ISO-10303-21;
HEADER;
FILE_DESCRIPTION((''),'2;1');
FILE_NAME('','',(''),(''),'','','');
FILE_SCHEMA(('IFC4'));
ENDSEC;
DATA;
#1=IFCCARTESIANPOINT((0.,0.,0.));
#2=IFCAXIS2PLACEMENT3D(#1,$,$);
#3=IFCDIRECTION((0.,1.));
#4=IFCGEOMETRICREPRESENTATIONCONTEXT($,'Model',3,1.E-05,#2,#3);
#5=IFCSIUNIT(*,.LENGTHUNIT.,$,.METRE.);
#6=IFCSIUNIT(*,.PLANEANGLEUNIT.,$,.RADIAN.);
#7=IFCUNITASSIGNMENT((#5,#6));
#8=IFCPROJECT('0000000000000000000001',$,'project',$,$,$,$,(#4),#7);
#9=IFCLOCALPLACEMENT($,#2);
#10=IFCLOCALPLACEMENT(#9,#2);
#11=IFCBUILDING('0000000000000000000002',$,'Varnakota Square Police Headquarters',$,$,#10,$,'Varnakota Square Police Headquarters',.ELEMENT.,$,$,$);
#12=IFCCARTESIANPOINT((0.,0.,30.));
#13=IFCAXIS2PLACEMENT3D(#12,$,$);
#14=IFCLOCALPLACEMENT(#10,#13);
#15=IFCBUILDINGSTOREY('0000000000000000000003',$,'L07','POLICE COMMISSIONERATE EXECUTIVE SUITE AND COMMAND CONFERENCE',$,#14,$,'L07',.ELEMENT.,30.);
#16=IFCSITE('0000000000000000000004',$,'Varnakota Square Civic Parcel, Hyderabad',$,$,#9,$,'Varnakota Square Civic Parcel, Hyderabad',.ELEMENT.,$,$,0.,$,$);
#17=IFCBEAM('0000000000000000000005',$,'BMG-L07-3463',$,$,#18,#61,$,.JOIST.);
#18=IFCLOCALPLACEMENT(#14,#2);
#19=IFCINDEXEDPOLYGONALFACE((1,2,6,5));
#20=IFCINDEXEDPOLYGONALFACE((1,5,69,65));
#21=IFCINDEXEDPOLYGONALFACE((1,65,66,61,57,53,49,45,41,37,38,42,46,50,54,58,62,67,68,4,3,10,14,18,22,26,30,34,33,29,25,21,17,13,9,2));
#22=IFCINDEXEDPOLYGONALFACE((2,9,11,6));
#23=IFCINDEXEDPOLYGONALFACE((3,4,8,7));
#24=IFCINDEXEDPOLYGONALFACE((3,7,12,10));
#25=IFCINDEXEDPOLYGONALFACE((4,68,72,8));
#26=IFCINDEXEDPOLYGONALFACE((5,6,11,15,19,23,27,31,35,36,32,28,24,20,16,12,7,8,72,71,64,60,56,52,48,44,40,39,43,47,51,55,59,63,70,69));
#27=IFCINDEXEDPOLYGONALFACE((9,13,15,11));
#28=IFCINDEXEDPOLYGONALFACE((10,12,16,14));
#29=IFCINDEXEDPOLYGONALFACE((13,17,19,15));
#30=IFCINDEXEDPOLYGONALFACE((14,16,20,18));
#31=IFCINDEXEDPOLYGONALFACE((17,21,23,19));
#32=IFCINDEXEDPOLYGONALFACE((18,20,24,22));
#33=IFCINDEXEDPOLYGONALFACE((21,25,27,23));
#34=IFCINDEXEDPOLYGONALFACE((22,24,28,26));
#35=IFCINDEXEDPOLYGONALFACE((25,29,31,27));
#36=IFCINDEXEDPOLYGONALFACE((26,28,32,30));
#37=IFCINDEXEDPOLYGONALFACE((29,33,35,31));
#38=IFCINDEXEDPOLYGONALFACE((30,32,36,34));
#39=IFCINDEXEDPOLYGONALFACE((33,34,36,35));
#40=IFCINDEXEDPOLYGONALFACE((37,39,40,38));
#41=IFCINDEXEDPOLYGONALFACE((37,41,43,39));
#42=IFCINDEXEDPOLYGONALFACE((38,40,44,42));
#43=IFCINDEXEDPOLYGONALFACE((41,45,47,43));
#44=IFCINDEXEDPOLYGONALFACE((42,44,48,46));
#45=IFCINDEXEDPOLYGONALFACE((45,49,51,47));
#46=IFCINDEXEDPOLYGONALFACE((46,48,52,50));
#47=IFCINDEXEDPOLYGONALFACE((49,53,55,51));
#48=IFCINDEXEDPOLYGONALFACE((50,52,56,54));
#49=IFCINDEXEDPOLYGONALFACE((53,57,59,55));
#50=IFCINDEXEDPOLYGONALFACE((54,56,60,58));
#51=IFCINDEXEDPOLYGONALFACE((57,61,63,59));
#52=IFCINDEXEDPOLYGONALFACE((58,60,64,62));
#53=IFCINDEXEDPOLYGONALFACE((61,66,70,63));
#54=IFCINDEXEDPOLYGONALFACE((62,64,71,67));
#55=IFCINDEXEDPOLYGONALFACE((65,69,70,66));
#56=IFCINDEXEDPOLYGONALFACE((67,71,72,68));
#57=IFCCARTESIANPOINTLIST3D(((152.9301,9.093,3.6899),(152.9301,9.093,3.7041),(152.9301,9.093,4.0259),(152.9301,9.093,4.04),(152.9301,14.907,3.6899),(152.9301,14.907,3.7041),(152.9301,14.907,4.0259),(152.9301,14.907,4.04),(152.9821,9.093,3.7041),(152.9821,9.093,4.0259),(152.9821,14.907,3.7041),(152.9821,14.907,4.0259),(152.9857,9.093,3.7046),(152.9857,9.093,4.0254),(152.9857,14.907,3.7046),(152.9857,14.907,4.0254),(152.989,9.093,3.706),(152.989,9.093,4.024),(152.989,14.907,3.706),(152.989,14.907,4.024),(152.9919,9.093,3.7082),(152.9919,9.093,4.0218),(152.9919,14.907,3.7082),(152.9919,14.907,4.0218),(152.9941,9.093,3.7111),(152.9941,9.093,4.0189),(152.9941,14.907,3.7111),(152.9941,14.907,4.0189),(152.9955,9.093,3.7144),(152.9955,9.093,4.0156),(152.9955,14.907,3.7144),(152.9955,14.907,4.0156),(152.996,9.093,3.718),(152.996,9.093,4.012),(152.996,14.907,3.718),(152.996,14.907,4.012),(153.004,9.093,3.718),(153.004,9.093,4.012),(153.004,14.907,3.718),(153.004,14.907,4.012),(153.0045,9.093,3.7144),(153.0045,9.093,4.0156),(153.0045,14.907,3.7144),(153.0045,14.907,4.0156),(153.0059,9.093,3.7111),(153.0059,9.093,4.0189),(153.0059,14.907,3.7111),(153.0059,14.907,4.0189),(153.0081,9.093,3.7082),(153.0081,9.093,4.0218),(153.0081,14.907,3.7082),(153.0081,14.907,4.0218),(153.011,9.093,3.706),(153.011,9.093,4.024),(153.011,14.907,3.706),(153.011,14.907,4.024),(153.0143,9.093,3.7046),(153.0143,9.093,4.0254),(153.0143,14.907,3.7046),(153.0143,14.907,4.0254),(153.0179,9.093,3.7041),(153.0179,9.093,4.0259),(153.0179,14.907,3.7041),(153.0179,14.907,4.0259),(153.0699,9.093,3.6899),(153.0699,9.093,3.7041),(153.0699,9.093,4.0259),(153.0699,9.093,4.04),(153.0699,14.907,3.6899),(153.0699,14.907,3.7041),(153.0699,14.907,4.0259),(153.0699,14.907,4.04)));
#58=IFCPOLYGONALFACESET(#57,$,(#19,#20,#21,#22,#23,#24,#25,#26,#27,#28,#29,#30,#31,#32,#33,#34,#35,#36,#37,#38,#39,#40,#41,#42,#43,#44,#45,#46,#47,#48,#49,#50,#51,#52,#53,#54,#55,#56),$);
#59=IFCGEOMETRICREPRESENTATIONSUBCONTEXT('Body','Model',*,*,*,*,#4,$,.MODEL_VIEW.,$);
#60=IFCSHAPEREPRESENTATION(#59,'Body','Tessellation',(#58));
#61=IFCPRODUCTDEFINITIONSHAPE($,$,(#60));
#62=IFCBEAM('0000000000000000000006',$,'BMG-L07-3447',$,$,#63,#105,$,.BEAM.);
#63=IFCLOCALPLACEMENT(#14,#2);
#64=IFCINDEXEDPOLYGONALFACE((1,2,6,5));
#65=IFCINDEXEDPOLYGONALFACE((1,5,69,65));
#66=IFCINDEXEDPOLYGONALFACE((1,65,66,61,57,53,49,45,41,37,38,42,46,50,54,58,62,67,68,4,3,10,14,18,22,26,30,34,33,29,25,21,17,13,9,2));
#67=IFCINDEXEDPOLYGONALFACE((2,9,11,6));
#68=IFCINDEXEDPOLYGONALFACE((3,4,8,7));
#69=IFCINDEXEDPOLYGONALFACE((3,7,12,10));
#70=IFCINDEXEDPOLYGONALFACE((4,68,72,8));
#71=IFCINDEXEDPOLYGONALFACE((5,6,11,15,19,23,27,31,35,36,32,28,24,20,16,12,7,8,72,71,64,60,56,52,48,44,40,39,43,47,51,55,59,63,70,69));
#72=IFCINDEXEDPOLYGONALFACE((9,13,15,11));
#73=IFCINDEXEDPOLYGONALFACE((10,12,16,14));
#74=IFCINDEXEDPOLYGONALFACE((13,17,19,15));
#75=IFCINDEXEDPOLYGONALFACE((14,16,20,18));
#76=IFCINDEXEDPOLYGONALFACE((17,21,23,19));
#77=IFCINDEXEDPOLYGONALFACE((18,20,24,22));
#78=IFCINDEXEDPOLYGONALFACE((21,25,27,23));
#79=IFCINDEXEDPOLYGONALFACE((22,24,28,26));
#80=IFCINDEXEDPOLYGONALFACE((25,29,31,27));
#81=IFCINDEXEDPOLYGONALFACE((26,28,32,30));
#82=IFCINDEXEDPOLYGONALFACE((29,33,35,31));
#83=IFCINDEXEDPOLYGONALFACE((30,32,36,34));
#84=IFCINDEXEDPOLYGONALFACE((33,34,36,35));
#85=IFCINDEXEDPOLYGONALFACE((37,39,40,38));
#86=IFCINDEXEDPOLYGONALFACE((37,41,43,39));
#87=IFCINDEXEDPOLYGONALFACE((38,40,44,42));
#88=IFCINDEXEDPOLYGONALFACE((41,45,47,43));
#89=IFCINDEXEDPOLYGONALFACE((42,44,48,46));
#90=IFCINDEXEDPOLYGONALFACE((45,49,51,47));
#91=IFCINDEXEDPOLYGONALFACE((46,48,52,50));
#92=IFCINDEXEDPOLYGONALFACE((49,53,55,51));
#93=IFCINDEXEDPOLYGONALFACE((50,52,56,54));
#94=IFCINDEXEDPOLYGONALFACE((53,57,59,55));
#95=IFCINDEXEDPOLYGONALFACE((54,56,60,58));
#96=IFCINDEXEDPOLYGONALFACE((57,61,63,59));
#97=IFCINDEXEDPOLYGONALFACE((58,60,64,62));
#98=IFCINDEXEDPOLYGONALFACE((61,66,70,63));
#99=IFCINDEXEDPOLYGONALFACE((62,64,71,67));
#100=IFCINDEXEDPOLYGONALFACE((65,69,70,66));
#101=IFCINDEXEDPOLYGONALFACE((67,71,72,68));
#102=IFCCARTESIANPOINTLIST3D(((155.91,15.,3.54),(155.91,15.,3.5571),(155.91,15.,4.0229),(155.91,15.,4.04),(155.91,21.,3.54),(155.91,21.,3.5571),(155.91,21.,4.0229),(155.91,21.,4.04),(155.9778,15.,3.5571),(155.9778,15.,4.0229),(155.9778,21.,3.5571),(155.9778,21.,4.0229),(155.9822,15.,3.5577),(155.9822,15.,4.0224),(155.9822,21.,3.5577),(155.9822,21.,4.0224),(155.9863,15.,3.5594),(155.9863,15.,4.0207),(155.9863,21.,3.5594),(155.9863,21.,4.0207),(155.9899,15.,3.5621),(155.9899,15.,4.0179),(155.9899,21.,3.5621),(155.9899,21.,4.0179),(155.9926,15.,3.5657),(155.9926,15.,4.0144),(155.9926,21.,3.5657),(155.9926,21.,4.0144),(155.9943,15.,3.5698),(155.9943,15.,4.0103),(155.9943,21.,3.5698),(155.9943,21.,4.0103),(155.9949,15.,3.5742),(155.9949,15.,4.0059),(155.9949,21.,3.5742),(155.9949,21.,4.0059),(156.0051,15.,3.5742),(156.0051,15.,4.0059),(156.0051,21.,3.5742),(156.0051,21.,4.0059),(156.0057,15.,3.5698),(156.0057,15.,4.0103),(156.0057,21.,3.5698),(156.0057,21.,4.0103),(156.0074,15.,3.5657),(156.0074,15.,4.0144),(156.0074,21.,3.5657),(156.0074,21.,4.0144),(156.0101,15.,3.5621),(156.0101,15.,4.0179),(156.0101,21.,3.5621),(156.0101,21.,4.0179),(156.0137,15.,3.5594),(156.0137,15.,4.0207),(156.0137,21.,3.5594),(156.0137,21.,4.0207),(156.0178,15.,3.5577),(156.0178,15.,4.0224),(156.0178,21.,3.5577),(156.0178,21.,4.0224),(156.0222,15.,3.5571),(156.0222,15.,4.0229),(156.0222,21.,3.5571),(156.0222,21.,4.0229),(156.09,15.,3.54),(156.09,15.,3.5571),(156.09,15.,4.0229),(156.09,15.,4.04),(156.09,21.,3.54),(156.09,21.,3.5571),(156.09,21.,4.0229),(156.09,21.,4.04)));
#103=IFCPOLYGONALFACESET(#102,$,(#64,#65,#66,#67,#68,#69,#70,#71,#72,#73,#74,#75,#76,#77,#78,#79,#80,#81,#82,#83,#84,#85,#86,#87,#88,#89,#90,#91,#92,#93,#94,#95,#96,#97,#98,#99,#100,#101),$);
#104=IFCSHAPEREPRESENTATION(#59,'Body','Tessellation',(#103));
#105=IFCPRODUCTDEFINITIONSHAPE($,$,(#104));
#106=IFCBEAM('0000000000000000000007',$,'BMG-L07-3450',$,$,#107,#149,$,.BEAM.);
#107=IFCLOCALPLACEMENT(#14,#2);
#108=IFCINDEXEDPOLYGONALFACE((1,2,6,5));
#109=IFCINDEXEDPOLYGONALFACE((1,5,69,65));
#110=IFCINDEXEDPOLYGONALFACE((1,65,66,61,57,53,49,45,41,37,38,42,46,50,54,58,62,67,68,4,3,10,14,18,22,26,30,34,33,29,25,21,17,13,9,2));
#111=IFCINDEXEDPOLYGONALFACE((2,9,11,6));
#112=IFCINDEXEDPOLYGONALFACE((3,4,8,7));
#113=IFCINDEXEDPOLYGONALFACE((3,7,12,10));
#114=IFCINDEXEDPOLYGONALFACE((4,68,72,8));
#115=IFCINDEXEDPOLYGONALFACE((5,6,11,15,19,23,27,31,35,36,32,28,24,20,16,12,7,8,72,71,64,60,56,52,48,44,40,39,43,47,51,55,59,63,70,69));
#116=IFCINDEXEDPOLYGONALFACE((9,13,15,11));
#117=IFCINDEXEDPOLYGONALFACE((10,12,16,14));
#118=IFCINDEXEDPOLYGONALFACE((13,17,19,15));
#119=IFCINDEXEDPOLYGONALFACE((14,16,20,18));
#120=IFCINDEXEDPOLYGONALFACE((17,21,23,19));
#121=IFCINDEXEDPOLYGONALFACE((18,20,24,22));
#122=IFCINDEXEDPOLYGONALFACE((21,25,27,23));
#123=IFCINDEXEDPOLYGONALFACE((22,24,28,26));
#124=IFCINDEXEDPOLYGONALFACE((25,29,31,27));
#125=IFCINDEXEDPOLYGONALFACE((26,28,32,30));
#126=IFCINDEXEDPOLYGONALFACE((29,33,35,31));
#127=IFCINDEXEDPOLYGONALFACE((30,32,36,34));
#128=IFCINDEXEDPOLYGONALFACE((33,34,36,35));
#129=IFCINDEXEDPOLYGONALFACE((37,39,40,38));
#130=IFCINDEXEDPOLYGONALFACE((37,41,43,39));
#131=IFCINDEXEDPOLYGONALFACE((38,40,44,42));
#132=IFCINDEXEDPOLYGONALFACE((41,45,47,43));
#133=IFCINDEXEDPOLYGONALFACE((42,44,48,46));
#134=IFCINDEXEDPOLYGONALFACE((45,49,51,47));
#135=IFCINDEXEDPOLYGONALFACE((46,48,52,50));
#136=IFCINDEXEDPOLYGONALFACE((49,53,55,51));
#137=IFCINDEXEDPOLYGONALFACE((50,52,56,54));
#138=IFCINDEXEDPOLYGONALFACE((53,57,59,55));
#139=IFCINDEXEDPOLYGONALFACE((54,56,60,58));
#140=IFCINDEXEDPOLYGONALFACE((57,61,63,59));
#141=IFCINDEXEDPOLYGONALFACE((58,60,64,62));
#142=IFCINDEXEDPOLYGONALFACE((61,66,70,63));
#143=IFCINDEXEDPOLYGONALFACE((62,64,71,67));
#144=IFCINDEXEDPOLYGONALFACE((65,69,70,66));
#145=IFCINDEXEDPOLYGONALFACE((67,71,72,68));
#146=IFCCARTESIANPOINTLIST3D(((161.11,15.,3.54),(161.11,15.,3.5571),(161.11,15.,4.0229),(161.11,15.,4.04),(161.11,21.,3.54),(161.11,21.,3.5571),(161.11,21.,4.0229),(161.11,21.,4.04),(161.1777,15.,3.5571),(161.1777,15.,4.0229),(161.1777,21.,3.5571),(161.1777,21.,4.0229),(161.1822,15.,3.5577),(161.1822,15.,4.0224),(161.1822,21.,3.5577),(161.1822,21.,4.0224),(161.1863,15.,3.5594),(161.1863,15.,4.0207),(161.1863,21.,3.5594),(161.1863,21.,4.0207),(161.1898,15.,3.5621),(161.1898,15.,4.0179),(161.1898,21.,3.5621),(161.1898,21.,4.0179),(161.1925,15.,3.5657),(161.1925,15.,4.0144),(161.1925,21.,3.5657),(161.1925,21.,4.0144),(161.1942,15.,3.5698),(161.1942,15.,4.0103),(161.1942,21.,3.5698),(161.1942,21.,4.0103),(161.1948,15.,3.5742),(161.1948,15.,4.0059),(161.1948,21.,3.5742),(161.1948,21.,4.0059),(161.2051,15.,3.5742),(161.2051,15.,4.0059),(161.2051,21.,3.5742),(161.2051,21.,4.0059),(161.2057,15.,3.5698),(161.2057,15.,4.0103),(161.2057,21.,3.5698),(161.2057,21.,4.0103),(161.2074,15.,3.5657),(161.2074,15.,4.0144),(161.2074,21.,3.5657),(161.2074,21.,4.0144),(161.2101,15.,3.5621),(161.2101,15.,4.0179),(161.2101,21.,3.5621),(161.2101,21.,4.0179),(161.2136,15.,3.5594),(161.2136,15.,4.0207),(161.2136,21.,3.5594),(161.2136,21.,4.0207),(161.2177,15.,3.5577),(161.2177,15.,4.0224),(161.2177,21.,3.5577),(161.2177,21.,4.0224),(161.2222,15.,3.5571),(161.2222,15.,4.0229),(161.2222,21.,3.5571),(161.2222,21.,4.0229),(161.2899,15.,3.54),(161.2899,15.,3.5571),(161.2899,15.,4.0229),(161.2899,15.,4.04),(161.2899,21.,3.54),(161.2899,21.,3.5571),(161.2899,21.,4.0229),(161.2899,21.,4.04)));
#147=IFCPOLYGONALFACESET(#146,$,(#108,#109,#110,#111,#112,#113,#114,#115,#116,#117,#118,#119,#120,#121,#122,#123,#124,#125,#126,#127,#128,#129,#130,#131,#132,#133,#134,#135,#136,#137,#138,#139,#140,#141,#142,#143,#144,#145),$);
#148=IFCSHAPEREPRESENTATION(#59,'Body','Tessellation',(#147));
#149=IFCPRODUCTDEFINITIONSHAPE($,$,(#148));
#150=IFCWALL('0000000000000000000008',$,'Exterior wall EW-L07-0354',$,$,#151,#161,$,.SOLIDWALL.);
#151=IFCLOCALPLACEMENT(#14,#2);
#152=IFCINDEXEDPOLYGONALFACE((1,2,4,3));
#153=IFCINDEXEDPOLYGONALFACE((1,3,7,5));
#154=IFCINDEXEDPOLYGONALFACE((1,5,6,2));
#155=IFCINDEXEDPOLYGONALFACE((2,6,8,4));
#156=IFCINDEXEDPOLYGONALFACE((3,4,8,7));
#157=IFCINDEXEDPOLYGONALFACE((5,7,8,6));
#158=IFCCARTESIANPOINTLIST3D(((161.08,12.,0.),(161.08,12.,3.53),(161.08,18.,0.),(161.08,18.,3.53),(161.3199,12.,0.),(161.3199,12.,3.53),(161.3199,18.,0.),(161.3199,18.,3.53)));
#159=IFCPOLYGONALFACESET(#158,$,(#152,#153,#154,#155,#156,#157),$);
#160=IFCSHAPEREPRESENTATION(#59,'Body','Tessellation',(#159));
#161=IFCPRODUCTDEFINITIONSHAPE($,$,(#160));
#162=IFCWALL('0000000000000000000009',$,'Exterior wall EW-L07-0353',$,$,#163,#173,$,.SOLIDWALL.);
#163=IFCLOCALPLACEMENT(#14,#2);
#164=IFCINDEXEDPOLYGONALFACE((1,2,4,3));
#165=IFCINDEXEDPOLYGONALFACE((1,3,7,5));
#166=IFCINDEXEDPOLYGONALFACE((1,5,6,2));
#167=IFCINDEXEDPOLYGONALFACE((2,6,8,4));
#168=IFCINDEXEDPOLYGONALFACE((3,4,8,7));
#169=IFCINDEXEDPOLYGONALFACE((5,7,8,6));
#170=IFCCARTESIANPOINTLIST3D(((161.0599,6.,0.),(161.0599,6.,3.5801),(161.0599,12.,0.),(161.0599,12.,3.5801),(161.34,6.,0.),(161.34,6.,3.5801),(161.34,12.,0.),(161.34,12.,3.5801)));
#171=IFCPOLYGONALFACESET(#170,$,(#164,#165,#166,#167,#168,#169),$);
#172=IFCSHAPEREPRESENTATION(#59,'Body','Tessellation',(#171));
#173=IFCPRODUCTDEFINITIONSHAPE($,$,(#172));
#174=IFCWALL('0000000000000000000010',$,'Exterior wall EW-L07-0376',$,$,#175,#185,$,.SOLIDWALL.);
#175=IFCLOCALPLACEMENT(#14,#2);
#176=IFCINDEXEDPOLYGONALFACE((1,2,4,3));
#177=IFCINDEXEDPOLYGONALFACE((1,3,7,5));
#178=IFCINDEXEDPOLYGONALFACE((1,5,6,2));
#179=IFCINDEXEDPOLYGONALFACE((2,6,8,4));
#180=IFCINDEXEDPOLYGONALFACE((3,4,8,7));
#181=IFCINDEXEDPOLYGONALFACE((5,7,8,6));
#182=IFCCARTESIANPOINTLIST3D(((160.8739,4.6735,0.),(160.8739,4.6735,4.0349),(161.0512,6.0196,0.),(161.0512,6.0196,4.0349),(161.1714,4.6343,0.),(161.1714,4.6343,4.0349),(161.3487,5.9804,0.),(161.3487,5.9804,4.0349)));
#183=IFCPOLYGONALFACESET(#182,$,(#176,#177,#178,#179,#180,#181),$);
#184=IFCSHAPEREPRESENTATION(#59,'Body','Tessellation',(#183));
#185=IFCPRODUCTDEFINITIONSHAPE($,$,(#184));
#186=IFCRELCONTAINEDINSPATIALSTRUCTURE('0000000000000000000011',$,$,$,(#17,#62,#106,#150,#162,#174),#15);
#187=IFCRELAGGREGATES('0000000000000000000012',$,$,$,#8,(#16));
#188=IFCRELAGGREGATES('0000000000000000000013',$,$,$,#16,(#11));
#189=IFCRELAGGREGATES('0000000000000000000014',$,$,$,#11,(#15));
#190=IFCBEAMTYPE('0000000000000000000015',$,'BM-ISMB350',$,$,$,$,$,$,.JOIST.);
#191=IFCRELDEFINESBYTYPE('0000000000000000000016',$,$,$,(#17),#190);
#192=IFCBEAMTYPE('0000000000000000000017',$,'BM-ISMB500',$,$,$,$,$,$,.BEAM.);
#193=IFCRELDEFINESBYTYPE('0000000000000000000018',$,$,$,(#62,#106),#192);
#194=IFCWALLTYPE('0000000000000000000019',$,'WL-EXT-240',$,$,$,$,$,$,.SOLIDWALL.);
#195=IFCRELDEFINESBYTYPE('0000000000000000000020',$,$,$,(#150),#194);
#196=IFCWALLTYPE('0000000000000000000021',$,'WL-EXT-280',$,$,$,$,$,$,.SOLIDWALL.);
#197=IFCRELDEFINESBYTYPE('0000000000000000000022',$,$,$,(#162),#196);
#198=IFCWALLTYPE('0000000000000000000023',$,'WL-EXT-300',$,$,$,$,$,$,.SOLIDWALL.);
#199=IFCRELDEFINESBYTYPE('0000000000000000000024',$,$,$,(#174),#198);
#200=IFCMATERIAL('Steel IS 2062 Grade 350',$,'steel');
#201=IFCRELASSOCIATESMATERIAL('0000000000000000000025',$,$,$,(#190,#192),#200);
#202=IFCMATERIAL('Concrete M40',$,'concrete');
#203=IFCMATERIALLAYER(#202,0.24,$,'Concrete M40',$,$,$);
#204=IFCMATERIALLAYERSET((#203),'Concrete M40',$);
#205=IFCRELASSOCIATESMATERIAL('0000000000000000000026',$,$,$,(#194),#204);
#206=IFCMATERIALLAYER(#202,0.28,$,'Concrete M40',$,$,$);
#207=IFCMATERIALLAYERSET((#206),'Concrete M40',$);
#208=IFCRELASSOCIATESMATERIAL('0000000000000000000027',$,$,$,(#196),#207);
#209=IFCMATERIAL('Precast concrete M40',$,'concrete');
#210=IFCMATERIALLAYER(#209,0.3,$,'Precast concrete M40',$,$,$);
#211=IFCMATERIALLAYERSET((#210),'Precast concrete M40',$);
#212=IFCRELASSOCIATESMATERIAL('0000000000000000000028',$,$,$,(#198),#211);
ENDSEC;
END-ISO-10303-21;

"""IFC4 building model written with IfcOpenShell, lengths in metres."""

from ifc_helpers import new_model, si_unit, direction, frame, frame_2d, origin, origin_2d, place, context, subcontext, project, spatial, rectangle, i_section, extrude, material, layer, layer_set, material_profile, profile_set, type_object, element, save


model = new_model("IFC4")

# Units and contexts
model_context = context("Model", 3, precision=1e-05, world=origin(), true_north=direction((0.0, 1.0)))
body_context = subcontext(model_context, "Body", "Model", "MODEL_VIEW")
ifc_project = project(units=[si_unit("LENGTHUNIT", "METRE"), si_unit("PLANEANGLEUNIT", "RADIAN")], contexts=[model_context])

# Site, building, storey
site_placement = place(None, origin())
site = spatial("IfcSite", under=ifc_project, at=site_placement, Name="Varnakota Square Civic Parcel, Hyderabad", LongName="Varnakota Square Civic Parcel, Hyderabad", CompositionType="ELEMENT", RefElevation=0.0)
building_placement = place(site_placement, origin())
building = spatial("IfcBuilding", under=site, at=building_placement, Name="Varnakota Square Police Headquarters", LongName="Varnakota Square Police Headquarters", CompositionType="ELEMENT")
storey_placement = place(building_placement, frame((0.0, 0.0, 30.0)))
storey = spatial("IfcBuildingStorey", under=building, at=storey_placement, Name="L07", Description="POLICE COMMISSIONERATE EXECUTIVE SUITE AND COMMAND CONFERENCE", LongName="L07", CompositionType="ELEMENT", Elevation=30.0)

# Shared definitions
ifc_material_1 = material(Name="Steel IS 2062 Grade 350", Category="steel")

# Beams
ifc_material_profile_1 = material_profile(ifc_material_1, i_section(OverallWidth=0.1399, OverallDepth=0.3501, WebThickness=0.0081, FlangeThickness=0.0142, FilletRadius=0.0139, at=origin_2d()), Name="ISMB 350")
ifc_profile_set_1 = profile_set([ifc_material_profile_1], Name="Steel IS 2062 Grade 350")
beam_type_1 = type_object("IfcBeamType", Name="BM-ISMB350", PredefinedType="JOIST", material=ifc_profile_set_1)
beam_1_placement = place(storey_placement, frame((153.0, 9.093, 3.865), z_axis=(0.0, 1.0, 0.0), x_axis=(-1.0, 0.0, 0.0)))
element("IfcBeam", 1, at=beam_1_placement, inside=storey, type_object=beam_type_1, Name="BMG-L07-3463", PredefinedType="JOIST", context=body_context, shape_type="SweptSolid", body=[
    extrude(i_section(OverallWidth=0.1399, OverallDepth=0.3501, WebThickness=0.0081, FlangeThickness=0.0142, FilletRadius=0.0139, at=origin_2d()), origin(), (0.0, 0.0, 1.0), 5.814),
])
ifc_material_profile_2 = material_profile(ifc_material_1, i_section(OverallWidth=0.1799, OverallDepth=0.5, WebThickness=0.0103, FlangeThickness=0.0171, FilletRadius=0.0171, at=origin_2d()), Name="ISMB 500")
ifc_profile_set_2 = profile_set([ifc_material_profile_2], Name="Steel IS 2062 Grade 350")
beam_type_2 = type_object("IfcBeamType", Name="BM-ISMB500", PredefinedType="BEAM", material=ifc_profile_set_2)
for number, where, z_axis, x_axis, name in (
    (2, (156.0, 15.0, 3.79), (0.0, 1.0, 0.0), (-1.0, 0.0, 0.0), "BMG-L07-3447"),
    (3, (161.2, 15.0, 3.79), (0.0, 1.0, 0.0), (-1.0, 0.0, 0.0), "BMG-L07-3450"),
):
    element("IfcBeam", number, at=place(storey_placement, frame(where, z_axis=z_axis, x_axis=x_axis)), inside=storey, type_object=beam_type_2, Name=name, PredefinedType="BEAM", context=body_context, shape_type="SweptSolid", body=[
        extrude(i_section(OverallWidth=0.1799, OverallDepth=0.5, WebThickness=0.0103, FlangeThickness=0.0171, FilletRadius=0.0171, at=origin_2d()), origin(), (0.0, 0.0, 1.0), 6.0),
    ])

# Walls
ifc_material_2 = material(Name="Concrete M40", Category="concrete")
ifc_layer_1 = layer(ifc_material_2, 0.24, Name="Concrete M40")
ifc_layer_set_1 = layer_set([ifc_layer_1], Name="Concrete M40")
wall_type_1 = type_object("IfcWallType", Name="WL-EXT-240", PredefinedType="SOLIDWALL", material=ifc_layer_set_1)
wall_1_placement = place(storey_placement, frame((161.2, 12.0, 0.0), z_axis=(0.0, 0.0, 1.0), x_axis=(0.0, 1.0, 0.0)))
element("IfcWall", 4, at=wall_1_placement, inside=storey, type_object=wall_type_1, Name="Exterior wall EW-L07-0354", PredefinedType="SOLIDWALL", context=body_context, shape_type="SweptSolid", body=[
    extrude(rectangle(XDim=6.0, YDim=0.24, at=frame_2d((3.0, 0.0))), origin(), (0.0, 0.0, 1.0), 3.53),
])
ifc_layer_2 = layer(ifc_material_2, 0.28, Name="Concrete M40")
ifc_layer_set_2 = layer_set([ifc_layer_2], Name="Concrete M40")
wall_type_2 = type_object("IfcWallType", Name="WL-EXT-280", PredefinedType="SOLIDWALL", material=ifc_layer_set_2)
wall_2_placement = place(storey_placement, frame((161.2, 6.0, 0.0), z_axis=(0.0, 0.0, 1.0), x_axis=(0.0, 1.0, 0.0)))
element("IfcWall", 5, at=wall_2_placement, inside=storey, type_object=wall_type_2, Name="Exterior wall EW-L07-0353", PredefinedType="SOLIDWALL", context=body_context, shape_type="SweptSolid", body=[
    extrude(rectangle(XDim=6.0, YDim=0.28, at=frame_2d((3.0, 0.0))), origin(), (0.0, 0.0, 1.0), 3.5801),
])
ifc_material_3 = material(Name="Precast concrete M40", Category="concrete")
ifc_layer_3 = layer(ifc_material_3, 0.3, Name="Precast concrete M40")
ifc_layer_set_3 = layer_set([ifc_layer_3], Name="Precast concrete M40")
wall_type_3 = type_object("IfcWallType", Name="WL-EXT-300", PredefinedType="SOLIDWALL", material=ifc_layer_set_3)
wall_3_placement = place(storey_placement, frame((161.0227, 4.6541, 0.0), z_axis=(0.0, 0.0, 1.0), x_axis=(0.130562, 0.99144, 0.0)))
element("IfcWall", 6, at=wall_3_placement, inside=storey, type_object=wall_type_3, Name="Exterior wall EW-L07-0376", PredefinedType="SOLIDWALL", context=body_context, shape_type="SweptSolid", body=[
    extrude(rectangle(XDim=1.3577, YDim=0.3, at=frame_2d((0.6787, 0.0))), origin(), (0.0, 0.0, 1.0), 4.0349),
])

save(model, "model.ifc")
